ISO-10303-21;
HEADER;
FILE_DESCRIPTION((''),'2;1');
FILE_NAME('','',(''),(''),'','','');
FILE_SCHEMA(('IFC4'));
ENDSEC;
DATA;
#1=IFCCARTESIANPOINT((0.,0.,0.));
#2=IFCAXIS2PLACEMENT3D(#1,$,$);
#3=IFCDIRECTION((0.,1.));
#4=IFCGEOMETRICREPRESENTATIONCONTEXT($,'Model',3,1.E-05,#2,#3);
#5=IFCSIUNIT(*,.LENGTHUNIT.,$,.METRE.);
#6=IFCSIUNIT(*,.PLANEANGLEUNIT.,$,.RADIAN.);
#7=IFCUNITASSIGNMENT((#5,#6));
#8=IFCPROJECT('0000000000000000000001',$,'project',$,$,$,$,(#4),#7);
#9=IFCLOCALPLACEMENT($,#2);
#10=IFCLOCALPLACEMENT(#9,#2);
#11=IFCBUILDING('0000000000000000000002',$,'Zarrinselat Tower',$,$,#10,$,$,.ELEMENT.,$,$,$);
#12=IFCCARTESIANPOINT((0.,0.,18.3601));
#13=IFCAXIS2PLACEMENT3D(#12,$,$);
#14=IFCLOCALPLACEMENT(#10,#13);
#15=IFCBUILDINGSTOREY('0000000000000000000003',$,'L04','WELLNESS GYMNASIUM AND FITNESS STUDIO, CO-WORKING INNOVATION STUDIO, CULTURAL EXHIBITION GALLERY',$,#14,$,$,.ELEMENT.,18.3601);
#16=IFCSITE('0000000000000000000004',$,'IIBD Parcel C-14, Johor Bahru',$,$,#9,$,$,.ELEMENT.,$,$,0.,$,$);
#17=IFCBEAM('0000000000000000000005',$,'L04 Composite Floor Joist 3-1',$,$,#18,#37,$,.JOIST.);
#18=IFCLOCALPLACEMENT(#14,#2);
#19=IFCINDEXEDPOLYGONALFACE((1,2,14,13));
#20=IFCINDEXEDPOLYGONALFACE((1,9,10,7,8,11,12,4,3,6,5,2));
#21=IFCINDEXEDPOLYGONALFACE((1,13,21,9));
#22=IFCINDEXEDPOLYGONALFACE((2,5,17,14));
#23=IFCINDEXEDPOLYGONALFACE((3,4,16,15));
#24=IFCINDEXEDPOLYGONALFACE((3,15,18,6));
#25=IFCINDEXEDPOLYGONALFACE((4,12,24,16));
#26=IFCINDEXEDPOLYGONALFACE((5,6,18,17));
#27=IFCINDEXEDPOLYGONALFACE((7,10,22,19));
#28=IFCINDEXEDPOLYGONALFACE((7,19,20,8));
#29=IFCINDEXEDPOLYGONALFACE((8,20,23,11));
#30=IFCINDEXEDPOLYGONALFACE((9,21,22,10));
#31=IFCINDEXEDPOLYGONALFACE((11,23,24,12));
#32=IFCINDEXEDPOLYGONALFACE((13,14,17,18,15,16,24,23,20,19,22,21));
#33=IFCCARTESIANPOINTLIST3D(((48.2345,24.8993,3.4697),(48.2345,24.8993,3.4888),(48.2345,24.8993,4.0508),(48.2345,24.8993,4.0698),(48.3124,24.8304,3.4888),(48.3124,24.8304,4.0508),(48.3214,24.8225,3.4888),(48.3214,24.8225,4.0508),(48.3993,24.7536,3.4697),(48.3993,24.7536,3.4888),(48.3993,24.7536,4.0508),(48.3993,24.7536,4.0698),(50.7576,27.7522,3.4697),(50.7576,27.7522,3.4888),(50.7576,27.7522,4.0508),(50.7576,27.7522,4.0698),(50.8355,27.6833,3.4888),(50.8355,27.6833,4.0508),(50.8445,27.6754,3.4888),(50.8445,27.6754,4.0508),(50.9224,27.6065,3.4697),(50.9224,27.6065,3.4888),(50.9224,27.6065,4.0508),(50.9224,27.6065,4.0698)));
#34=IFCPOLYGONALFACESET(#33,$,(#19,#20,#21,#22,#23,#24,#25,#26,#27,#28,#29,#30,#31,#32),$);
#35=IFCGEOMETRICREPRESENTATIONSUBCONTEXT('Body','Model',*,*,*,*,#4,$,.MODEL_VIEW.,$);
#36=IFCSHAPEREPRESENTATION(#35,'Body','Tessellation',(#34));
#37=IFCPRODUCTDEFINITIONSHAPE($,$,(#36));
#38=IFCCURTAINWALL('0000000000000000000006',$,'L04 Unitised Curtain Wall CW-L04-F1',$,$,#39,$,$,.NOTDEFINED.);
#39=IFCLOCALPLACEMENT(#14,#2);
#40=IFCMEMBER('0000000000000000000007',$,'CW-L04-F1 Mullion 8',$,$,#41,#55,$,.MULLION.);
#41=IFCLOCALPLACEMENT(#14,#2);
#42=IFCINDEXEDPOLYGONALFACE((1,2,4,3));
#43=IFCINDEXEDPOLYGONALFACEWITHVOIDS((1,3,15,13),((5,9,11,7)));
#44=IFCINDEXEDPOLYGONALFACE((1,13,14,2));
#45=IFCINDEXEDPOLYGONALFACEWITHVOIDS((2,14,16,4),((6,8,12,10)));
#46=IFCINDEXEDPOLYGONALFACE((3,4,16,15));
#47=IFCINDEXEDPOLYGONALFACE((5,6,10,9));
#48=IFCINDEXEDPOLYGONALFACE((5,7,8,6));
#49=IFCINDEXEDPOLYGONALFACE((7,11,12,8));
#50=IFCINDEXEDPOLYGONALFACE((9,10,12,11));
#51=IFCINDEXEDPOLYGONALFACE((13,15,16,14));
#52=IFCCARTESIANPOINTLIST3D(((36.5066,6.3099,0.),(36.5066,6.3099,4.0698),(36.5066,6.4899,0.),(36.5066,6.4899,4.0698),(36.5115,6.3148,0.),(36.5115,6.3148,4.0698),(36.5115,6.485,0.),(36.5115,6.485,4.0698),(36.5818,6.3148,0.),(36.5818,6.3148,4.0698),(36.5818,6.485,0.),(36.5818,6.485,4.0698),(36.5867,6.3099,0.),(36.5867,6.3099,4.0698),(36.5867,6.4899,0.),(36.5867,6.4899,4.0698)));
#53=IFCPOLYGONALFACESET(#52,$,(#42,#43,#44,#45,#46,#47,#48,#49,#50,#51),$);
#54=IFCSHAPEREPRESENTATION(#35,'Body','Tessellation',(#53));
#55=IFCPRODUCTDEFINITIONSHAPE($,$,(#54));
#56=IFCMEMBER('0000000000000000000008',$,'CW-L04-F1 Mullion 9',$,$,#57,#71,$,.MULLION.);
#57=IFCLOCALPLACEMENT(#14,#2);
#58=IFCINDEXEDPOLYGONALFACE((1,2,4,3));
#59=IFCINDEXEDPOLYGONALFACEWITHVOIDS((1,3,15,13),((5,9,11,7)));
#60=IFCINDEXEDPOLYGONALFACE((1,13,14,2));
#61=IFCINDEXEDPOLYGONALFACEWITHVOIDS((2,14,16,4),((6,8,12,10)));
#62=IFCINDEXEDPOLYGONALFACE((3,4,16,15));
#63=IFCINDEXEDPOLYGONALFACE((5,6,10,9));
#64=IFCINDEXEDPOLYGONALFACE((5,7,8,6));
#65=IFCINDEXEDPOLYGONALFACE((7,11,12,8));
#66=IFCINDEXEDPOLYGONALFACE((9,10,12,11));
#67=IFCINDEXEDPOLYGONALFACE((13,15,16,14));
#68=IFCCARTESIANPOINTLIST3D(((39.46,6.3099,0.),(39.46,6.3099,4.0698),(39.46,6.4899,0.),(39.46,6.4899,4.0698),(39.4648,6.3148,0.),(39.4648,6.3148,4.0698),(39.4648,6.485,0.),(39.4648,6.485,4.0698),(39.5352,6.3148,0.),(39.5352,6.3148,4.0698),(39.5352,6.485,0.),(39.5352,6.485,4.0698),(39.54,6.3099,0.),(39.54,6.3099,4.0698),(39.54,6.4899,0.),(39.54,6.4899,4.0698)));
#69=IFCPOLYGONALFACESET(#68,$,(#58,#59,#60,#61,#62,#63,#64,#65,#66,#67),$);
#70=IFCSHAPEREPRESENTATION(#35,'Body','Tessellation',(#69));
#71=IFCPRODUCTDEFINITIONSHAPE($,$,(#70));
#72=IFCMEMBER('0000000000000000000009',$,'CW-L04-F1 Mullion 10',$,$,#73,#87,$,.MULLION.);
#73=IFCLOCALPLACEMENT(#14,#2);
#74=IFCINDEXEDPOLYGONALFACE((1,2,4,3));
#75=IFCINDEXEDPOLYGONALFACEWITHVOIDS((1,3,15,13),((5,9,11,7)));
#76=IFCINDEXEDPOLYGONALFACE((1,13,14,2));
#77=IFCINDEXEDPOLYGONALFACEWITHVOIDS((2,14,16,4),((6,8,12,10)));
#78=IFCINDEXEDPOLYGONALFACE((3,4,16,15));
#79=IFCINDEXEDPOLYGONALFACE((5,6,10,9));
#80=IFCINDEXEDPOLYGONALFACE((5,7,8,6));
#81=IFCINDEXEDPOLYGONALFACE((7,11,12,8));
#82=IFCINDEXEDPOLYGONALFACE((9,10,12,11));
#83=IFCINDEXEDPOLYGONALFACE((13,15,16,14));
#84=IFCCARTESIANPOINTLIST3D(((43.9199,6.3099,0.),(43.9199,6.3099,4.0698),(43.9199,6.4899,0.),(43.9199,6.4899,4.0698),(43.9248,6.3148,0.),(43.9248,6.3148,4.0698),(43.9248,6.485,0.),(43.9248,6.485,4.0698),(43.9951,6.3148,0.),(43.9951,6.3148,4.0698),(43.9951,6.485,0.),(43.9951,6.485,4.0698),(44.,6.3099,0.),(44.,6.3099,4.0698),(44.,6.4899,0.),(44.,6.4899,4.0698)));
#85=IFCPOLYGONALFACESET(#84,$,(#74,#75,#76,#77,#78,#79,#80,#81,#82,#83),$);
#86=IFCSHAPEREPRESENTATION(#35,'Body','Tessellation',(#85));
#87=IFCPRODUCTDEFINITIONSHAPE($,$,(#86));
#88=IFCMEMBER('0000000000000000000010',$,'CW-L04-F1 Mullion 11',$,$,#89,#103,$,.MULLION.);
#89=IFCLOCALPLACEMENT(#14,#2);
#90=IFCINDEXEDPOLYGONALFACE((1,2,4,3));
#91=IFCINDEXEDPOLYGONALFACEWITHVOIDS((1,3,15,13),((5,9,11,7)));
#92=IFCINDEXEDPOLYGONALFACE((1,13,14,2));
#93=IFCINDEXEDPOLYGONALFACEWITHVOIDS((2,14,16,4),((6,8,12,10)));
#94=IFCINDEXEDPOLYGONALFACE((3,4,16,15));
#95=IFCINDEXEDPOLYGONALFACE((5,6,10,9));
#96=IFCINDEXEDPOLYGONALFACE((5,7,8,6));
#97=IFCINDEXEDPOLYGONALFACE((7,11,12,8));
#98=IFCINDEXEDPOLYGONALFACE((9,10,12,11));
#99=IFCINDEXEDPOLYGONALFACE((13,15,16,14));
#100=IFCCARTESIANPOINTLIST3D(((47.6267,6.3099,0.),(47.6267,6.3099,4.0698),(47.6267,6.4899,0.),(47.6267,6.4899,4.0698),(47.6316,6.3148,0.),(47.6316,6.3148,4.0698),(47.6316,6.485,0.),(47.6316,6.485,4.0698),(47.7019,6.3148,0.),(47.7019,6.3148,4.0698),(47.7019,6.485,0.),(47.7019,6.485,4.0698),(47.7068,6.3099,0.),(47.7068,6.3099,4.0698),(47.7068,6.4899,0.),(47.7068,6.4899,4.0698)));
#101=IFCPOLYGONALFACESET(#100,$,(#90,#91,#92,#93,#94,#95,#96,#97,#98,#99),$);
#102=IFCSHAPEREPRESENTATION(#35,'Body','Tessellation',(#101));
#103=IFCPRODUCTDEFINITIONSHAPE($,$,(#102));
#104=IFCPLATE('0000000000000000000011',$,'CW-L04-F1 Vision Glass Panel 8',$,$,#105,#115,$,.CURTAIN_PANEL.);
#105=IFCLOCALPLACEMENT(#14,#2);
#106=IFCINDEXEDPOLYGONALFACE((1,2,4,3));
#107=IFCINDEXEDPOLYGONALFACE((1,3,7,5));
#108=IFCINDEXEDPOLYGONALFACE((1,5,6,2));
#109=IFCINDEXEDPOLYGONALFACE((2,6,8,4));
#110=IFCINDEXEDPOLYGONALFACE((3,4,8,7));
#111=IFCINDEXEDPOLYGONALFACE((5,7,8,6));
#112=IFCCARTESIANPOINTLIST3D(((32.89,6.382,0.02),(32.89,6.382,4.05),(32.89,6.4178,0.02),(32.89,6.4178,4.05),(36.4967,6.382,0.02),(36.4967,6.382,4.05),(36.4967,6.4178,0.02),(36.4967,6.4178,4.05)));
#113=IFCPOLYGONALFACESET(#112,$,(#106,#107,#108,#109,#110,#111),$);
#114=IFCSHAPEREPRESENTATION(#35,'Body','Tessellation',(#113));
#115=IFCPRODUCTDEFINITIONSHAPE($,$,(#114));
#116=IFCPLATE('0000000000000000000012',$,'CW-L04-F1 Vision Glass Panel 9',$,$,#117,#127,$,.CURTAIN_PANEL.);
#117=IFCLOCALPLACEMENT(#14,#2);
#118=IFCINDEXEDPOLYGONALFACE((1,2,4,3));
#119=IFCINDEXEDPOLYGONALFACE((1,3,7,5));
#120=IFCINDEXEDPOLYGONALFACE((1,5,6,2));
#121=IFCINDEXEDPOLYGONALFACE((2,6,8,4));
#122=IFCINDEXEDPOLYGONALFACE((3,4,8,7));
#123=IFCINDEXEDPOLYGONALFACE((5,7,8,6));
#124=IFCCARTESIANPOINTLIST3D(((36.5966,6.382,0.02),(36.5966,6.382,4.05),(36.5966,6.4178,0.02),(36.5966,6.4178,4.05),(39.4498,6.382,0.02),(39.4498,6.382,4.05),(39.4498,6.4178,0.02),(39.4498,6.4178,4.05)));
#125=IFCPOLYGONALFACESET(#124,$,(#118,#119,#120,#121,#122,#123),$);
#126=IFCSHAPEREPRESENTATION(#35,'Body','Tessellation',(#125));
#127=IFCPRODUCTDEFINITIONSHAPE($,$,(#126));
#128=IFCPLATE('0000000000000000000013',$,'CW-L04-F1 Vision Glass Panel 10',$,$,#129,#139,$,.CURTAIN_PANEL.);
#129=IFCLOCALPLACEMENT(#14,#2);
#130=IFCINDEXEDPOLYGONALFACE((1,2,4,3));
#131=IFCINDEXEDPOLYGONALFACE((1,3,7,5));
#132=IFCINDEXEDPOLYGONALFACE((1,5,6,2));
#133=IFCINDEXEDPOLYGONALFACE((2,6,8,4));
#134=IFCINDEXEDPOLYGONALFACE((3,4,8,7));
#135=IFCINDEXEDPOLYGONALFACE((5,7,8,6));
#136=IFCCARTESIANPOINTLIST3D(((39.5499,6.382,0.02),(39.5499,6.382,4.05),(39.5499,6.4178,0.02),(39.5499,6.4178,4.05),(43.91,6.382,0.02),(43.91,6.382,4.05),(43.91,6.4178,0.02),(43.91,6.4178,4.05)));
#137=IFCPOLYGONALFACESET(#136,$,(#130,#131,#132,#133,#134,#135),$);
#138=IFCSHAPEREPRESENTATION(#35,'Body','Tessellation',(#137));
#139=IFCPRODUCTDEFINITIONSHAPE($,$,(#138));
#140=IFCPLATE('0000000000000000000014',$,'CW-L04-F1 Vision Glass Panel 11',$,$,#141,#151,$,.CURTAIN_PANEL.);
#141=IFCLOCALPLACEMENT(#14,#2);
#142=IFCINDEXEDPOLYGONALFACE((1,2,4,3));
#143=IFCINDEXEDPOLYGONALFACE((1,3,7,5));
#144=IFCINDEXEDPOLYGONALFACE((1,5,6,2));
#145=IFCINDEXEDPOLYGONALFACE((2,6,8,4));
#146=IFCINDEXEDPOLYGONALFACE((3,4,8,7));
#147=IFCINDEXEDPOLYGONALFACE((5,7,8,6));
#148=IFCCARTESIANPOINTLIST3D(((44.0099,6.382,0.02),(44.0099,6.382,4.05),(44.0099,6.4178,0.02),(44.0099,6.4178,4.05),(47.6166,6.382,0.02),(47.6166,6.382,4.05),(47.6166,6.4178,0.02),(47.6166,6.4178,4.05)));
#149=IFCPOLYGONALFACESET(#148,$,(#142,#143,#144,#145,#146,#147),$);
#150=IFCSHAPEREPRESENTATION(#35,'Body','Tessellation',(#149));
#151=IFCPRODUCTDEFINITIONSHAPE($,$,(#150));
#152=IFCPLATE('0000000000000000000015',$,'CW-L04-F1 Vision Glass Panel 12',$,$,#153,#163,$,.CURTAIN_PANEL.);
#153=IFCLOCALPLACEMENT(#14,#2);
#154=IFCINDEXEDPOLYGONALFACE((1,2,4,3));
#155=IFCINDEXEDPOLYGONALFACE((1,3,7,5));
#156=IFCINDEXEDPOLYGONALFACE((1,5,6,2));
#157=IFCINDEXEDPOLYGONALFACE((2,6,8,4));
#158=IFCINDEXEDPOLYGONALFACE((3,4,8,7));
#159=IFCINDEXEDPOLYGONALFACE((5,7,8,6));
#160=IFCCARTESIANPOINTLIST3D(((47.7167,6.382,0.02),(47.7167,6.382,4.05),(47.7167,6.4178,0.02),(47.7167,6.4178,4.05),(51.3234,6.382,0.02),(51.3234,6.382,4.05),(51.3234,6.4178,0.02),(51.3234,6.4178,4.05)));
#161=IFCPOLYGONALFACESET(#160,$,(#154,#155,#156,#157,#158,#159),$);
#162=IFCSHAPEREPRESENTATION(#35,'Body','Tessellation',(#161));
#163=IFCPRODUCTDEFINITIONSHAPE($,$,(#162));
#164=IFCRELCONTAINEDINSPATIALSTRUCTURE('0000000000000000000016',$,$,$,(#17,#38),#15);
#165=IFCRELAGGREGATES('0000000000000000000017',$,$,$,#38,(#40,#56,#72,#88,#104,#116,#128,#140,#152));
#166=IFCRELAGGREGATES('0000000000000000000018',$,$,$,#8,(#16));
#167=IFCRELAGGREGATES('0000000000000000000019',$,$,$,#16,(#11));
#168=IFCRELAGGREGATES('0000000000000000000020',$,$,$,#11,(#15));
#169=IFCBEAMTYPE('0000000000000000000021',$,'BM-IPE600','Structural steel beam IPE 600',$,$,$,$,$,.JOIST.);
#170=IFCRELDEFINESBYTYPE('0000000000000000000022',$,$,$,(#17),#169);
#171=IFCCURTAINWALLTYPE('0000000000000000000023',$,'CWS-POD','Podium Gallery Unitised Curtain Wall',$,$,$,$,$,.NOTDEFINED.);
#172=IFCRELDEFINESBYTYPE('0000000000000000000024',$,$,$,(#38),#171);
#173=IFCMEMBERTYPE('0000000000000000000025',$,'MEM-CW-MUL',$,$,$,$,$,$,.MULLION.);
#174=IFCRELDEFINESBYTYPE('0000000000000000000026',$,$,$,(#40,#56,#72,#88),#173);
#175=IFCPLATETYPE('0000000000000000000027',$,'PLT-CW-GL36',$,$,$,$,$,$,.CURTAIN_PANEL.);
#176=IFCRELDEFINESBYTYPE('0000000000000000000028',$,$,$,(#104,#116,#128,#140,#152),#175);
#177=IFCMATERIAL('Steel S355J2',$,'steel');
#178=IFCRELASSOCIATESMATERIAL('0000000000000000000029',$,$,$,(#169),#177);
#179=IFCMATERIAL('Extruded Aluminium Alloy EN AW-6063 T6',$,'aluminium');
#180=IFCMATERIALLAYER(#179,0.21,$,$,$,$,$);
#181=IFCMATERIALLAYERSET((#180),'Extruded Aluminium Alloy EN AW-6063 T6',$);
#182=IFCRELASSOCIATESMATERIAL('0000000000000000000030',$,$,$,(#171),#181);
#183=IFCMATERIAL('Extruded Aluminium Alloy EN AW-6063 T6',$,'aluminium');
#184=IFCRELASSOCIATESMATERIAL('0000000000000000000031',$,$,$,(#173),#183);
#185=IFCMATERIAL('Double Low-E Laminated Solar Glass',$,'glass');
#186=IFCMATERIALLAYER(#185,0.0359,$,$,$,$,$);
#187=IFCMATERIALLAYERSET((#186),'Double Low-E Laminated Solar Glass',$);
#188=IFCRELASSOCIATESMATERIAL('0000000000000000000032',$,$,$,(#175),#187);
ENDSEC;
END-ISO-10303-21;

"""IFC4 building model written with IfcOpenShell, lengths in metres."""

from ifc_helpers import new_model, si_unit, direction, frame, origin, origin_2d, place, context, subcontext, project, spatial, rectangle, hollow_rectangle, i_section, extrude, material, layer, layer_set, material_profile, profile_set, type_object, element, aggregate, save


model = new_model("IFC4")

# Units and contexts
model_context = context("Model", 3, precision=1e-05, world=origin(), true_north=direction((0.0, 1.0)))
body_context = subcontext(model_context, "Body", "Model", "MODEL_VIEW")
ifc_project = project(units=[si_unit("LENGTHUNIT", "METRE"), si_unit("PLANEANGLEUNIT", "RADIAN")], contexts=[model_context])

# Site, building, storey
site_placement = place(None, origin())
site = spatial("IfcSite", under=ifc_project, at=site_placement, Name="IIBD Parcel C-14, Johor Bahru", CompositionType="ELEMENT", RefElevation=0.0)
building_placement = place(site_placement, origin())
building = spatial("IfcBuilding", under=site, at=building_placement, Name="Zarrinselat Tower", CompositionType="ELEMENT")
storey_placement = place(building_placement, frame((0.0, 0.0, 18.3601)))
storey = spatial("IfcBuildingStorey", under=building, at=storey_placement, Name="L04", Description="WELLNESS GYMNASIUM AND FITNESS STUDIO, CO-WORKING INNOVATION STUDIO, CULTURAL EXHIBITION GALLERY", CompositionType="ELEMENT", Elevation=18.3601)

# Beam
ifc_material_1 = material(Name="Steel S355J2", Category="steel")
ifc_material_profile_1 = material_profile(ifc_material_1, i_section(OverallWidth=0.22, OverallDepth=0.6001, WebThickness=0.012, FlangeThickness=0.019, at=origin_2d()), Name="IPE 600")
ifc_profile_set_1 = profile_set([ifc_material_profile_1], Name="Steel S355J2")
beam_type_1 = type_object("IfcBeamType", Name="BM-IPE600", Description="Structural steel beam IPE 600", PredefinedType="JOIST", material=ifc_profile_set_1)
beam_1_placement = place(storey_placement, frame((48.3169, 24.8264, 3.7698), z_axis=(0.66248, 0.74908, 0.0), x_axis=(-0.74908, 0.66248, 0.0)))
element("IfcBeam", 1, at=beam_1_placement, inside=storey, type_object=beam_type_1, Name="L04 Composite Floor Joist 3-1", PredefinedType="JOIST", context=body_context, shape_type="SweptSolid", body=[
    extrude(i_section(OverallWidth=0.22, OverallDepth=0.6001, WebThickness=0.012, FlangeThickness=0.019, at=origin_2d()), origin(), (0.0, 0.0, 1.0), 3.8086),
])

# Curtain wall, members, plates
ifc_material_2 = material(Name="Extruded Aluminium Alloy EN AW-6063 T6", Category="aluminium")
ifc_layer_1 = layer(ifc_material_2, 0.21)
ifc_layer_set_1 = layer_set([ifc_layer_1], Name="Extruded Aluminium Alloy EN AW-6063 T6")
curtain_wall_type = type_object("IfcCurtainWallType", Name="CWS-POD", Description="Podium Gallery Unitised Curtain Wall", PredefinedType="NOTDEFINED", material=ifc_layer_set_1)
curtain_wall_placement = place(storey_placement, origin())
curtain_wall = element("IfcCurtainWall", 2, at=curtain_wall_placement, inside=storey, type_object=curtain_wall_type, Name="L04 Unitised Curtain Wall CW-L04-F1", PredefinedType="NOTDEFINED")
ifc_material_3 = material(Name="Extruded Aluminium Alloy EN AW-6063 T6", Category="aluminium")
ifc_material_profile_2 = material_profile(ifc_material_3, hollow_rectangle(XDim=0.0801, YDim=0.1799, WallThickness=0.0049, at=origin_2d()), Name="RHS 180x80x5")
ifc_profile_set_2 = profile_set([ifc_material_profile_2], Name="Extruded Aluminium Alloy EN AW-6063 T6")
member_type = type_object("IfcMemberType", Name="MEM-CW-MUL", PredefinedType="MULLION", material=ifc_profile_set_2)
member_1_placement = place(storey_placement, frame((36.5466, 6.3999, 0.0), z_axis=(0.0, 0.0, 1.0), x_axis=(1.0, 0.0, 0.0)))
member_1 = element("IfcMember", 3, at=member_1_placement, type_object=member_type, Name="CW-L04-F1 Mullion 8", PredefinedType="MULLION", context=body_context, shape_type="SweptSolid", body=[
    extrude(hollow_rectangle(XDim=0.0801, YDim=0.1799, WallThickness=0.0049, at=origin_2d()), origin(), (0.0, 0.0, 1.0), 4.0698),
])
member_2_placement = place(storey_placement, frame((39.5, 6.3999, 0.0), z_axis=(0.0, 0.0, 1.0), x_axis=(1.0, 0.0, 0.0)))
member_2 = element("IfcMember", 4, at=member_2_placement, type_object=member_type, Name="CW-L04-F1 Mullion 9", PredefinedType="MULLION", context=body_context, shape_type="SweptSolid", body=[
    extrude(hollow_rectangle(XDim=0.0801, YDim=0.1799, WallThickness=0.0049, at=origin_2d()), origin(), (0.0, 0.0, 1.0), 4.0698),
])
member_3_placement = place(storey_placement, frame((43.96, 6.3999, 0.0), z_axis=(0.0, 0.0, 1.0), x_axis=(1.0, 0.0, 0.0)))
member_3 = element("IfcMember", 5, at=member_3_placement, type_object=member_type, Name="CW-L04-F1 Mullion 10", PredefinedType="MULLION", context=body_context, shape_type="SweptSolid", body=[
    extrude(hollow_rectangle(XDim=0.0801, YDim=0.1799, WallThickness=0.0049, at=origin_2d()), origin(), (0.0, 0.0, 1.0), 4.0698),
])
member_4_placement = place(storey_placement, frame((47.6667, 6.3999, 0.0), z_axis=(0.0, 0.0, 1.0), x_axis=(1.0, 0.0, 0.0)))
member_4 = element("IfcMember", 6, at=member_4_placement, type_object=member_type, Name="CW-L04-F1 Mullion 11", PredefinedType="MULLION", context=body_context, shape_type="SweptSolid", body=[
    extrude(hollow_rectangle(XDim=0.0801, YDim=0.1799, WallThickness=0.0049, at=origin_2d()), origin(), (0.0, 0.0, 1.0), 4.0698),
])
ifc_material_4 = material(Name="Double Low-E Laminated Solar Glass", Category="glass")
ifc_layer_2 = layer(ifc_material_4, 0.0359)
ifc_layer_set_2 = layer_set([ifc_layer_2], Name="Double Low-E Laminated Solar Glass")
plate_type = type_object("IfcPlateType", Name="PLT-CW-GL36", PredefinedType="CURTAIN_PANEL", material=ifc_layer_set_2)
plate_1_placement = place(storey_placement, frame((34.6934, 6.3999, 0.02), z_axis=(0.0, 0.0, 1.0), x_axis=(1.0, 0.0, 0.0)))
plate_1 = element("IfcPlate", 7, at=plate_1_placement, type_object=plate_type, Name="CW-L04-F1 Vision Glass Panel 8", PredefinedType="CURTAIN_PANEL", context=body_context, shape_type="SweptSolid", body=[
    extrude(rectangle(XDim=3.6067, YDim=0.0359, at=origin_2d()), origin(), (0.0, 0.0, 1.0), 4.03),
])
plate_2_placement = place(storey_placement, frame((38.0232, 6.3999, 0.02), z_axis=(0.0, 0.0, 1.0), x_axis=(1.0, 0.0, 0.0)))
plate_2 = element("IfcPlate", 8, at=plate_2_placement, type_object=plate_type, Name="CW-L04-F1 Vision Glass Panel 9", PredefinedType="CURTAIN_PANEL", context=body_context, shape_type="SweptSolid", body=[
    extrude(rectangle(XDim=2.8533, YDim=0.0359, at=origin_2d()), origin(), (0.0, 0.0, 1.0), 4.03),
])
plate_3_placement = place(storey_placement, frame((41.73, 6.3999, 0.02), z_axis=(0.0, 0.0, 1.0), x_axis=(1.0, 0.0, 0.0)))
plate_3 = element("IfcPlate", 9, at=plate_3_placement, type_object=plate_type, Name="CW-L04-F1 Vision Glass Panel 10", PredefinedType="CURTAIN_PANEL", context=body_context, shape_type="SweptSolid", body=[
    extrude(rectangle(XDim=4.3601, YDim=0.0359, at=origin_2d()), origin(), (0.0, 0.0, 1.0), 4.03),
])
plate_4_placement = place(storey_placement, frame((45.8132, 6.3999, 0.02), z_axis=(0.0, 0.0, 1.0), x_axis=(1.0, 0.0, 0.0)))
plate_4 = element("IfcPlate", 10, at=plate_4_placement, type_object=plate_type, Name="CW-L04-F1 Vision Glass Panel 11", PredefinedType="CURTAIN_PANEL", context=body_context, shape_type="SweptSolid", body=[
    extrude(rectangle(XDim=3.6067, YDim=0.0359, at=origin_2d()), origin(), (0.0, 0.0, 1.0), 4.03),
])
plate_5_placement = place(storey_placement, frame((49.52, 6.3999, 0.02), z_axis=(0.0, 0.0, 1.0), x_axis=(1.0, 0.0, 0.0)))
plate_5 = element("IfcPlate", 11, at=plate_5_placement, type_object=plate_type, Name="CW-L04-F1 Vision Glass Panel 12", PredefinedType="CURTAIN_PANEL", context=body_context, shape_type="SweptSolid", body=[
    extrude(rectangle(XDim=3.6067, YDim=0.0359, at=origin_2d()), origin(), (0.0, 0.0, 1.0), 4.03),
])
aggregate(curtain_wall, [member_1, member_2, member_3, member_4, plate_1, plate_2, plate_3, plate_4, plate_5])

save(model, "model.ifc")
